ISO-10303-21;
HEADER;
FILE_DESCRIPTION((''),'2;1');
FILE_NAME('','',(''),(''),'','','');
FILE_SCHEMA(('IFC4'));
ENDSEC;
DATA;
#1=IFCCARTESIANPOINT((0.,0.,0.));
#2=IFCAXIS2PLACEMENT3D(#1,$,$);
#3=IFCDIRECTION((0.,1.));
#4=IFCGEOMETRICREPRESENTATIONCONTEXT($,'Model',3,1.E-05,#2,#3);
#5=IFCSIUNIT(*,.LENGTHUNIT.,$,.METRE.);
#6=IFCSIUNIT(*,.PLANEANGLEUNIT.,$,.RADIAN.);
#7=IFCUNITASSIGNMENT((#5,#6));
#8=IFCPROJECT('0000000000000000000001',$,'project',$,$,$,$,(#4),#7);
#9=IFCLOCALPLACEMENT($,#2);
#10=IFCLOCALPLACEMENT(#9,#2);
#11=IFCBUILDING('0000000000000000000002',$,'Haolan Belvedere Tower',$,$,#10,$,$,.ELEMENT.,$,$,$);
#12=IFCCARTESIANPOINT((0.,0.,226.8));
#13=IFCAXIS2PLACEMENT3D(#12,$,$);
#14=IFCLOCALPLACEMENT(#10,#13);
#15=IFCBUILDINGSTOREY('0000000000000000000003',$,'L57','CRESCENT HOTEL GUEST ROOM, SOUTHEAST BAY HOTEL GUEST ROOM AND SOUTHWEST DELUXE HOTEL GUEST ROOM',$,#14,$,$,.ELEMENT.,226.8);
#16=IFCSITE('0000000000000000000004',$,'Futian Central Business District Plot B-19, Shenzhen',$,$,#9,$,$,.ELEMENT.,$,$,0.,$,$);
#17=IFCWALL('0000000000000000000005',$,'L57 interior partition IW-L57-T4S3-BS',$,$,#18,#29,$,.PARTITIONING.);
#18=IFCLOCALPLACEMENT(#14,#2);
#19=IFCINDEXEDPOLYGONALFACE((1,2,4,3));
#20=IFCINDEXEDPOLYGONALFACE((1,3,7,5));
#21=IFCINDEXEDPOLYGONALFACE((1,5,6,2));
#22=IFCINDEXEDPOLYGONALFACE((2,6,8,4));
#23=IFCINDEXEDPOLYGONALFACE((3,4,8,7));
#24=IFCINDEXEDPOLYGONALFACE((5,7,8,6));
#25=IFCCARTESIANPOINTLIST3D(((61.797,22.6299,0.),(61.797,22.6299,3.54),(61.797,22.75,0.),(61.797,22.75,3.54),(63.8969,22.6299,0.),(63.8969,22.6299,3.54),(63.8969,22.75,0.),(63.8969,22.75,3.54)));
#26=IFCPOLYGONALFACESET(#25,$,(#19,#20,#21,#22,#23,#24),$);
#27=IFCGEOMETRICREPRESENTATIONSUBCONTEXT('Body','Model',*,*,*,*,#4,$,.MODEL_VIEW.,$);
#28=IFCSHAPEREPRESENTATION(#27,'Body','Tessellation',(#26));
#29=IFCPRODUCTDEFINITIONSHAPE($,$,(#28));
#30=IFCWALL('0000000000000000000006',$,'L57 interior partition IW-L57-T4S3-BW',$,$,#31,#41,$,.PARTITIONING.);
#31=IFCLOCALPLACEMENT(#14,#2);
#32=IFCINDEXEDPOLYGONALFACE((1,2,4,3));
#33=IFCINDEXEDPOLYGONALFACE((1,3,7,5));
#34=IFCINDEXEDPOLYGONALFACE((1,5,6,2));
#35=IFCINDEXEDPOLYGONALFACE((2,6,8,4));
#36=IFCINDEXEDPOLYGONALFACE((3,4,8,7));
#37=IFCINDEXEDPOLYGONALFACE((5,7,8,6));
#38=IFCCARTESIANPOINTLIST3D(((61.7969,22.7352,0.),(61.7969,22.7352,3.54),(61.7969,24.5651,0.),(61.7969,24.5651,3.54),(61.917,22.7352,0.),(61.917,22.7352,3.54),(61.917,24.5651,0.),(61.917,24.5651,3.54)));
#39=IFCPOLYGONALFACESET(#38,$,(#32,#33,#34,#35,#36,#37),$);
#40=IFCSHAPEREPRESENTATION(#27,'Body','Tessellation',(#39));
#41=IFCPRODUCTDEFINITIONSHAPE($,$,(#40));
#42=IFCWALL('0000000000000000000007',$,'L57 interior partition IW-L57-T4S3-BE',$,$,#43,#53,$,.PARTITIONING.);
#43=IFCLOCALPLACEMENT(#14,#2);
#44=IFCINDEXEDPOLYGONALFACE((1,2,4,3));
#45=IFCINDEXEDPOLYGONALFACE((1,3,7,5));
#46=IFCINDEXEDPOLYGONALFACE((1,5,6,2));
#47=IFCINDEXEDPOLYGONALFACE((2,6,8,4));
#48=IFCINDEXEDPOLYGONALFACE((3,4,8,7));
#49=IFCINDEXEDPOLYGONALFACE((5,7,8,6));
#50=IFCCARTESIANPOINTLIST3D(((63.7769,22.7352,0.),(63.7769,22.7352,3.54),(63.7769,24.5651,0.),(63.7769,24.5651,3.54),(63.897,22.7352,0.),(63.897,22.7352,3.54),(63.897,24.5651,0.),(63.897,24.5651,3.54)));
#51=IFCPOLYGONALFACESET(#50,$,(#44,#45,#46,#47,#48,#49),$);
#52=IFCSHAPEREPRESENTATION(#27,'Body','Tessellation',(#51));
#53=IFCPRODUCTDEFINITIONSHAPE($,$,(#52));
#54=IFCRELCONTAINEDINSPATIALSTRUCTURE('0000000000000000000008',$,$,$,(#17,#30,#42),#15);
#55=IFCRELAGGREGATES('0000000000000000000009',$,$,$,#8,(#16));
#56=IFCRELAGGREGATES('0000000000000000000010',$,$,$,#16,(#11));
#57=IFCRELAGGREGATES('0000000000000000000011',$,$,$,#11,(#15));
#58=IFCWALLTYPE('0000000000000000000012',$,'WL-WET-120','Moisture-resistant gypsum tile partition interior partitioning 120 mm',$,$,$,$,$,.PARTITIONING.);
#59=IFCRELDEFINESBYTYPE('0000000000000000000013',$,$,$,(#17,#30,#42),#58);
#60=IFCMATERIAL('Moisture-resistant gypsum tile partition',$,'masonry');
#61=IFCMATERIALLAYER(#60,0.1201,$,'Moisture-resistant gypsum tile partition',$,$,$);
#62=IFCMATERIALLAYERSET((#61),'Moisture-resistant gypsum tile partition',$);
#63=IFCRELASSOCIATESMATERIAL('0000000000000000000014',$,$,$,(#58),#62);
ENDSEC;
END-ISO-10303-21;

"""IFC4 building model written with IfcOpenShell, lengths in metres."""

from ifc_helpers import new_model, si_unit, direction, frame, frame_2d, origin, place, context, subcontext, project, spatial, rectangle, extrude, material, layer, layer_set, type_object, element, save


model = new_model("IFC4")

# Units and contexts
model_context = context("Model", 3, precision=1e-05, world=origin(), true_north=direction((0.0, 1.0)))
body_context = subcontext(model_context, "Body", "Model", "MODEL_VIEW")
ifc_project = project(units=[si_unit("LENGTHUNIT", "METRE"), si_unit("PLANEANGLEUNIT", "RADIAN")], contexts=[model_context])

# Site, building, storey
site_placement = place(None, origin())
site = spatial("IfcSite", under=ifc_project, at=site_placement, Name="Futian Central Business District Plot B-19, Shenzhen", CompositionType="ELEMENT", RefElevation=0.0)
building_placement = place(site_placement, origin())
building = spatial("IfcBuilding", under=site, at=building_placement, Name="Haolan Belvedere Tower", CompositionType="ELEMENT")
storey_placement = place(building_placement, frame((0.0, 0.0, 226.8)))
storey = spatial("IfcBuildingStorey", under=building, at=storey_placement, Name="L57", Description="CRESCENT HOTEL GUEST ROOM, SOUTHEAST BAY HOTEL GUEST ROOM AND SOUTHWEST DELUXE HOTEL GUEST ROOM", CompositionType="ELEMENT", Elevation=226.8)

# Shared definitions
ifc_material_1 = material(Name="Moisture-resistant gypsum tile partition", Category="masonry")
ifc_layer_1 = layer(ifc_material_1, 0.1201, Name="Moisture-resistant gypsum tile partition")
ifc_layer_set_1 = layer_set([ifc_layer_1], Name="Moisture-resistant gypsum tile partition")
wall_type_1 = type_object("IfcWallType", Name="WL-WET-120", Description="Moisture-resistant gypsum tile partition interior partitioning 120 mm", PredefinedType="PARTITIONING", material=ifc_layer_set_1)

# Walls
wall_1_placement = place(storey_placement, frame((61.7971, 22.6899, 0.0), z_axis=(0.0, 0.0, 1.0), x_axis=(1.0, 0.0, 0.0)))
element("IfcWall", 1, at=wall_1_placement, inside=storey, type_object=wall_type_1, Name="L57 interior partition IW-L57-T4S3-BS", PredefinedType="PARTITIONING", context=body_context, shape_type="SweptSolid", body=[
    extrude(rectangle(XDim=2.0999, YDim=0.1201, at=frame_2d((1.0498, 0.0))), origin(), (0.0, 0.0, 1.0), 3.54),
])
for number, where, z_axis, x_axis, name in (
    (2, (61.8569, 22.7351, 0.0), (0.0, 0.0, 1.0), (0.0, 1.0, 0.0), "L57 interior partition IW-L57-T4S3-BW"),
    (3, (63.8369, 22.7351, 0.0), (0.0, 0.0, 1.0), (0.0, 1.0, 0.0), "L57 interior partition IW-L57-T4S3-BE"),
):
    element("IfcWall", number, at=place(storey_placement, frame(where, z_axis=z_axis, x_axis=x_axis)), inside=storey, type_object=wall_type_1, Name=name, PredefinedType="PARTITIONING", context=body_context, shape_type="SweptSolid", body=[
        extrude(rectangle(XDim=1.8298, YDim=0.1201, at=frame_2d((0.915, 0.0))), origin(), (0.0, 0.0, 1.0), 3.54),
    ])

save(model, "model.ifc")
